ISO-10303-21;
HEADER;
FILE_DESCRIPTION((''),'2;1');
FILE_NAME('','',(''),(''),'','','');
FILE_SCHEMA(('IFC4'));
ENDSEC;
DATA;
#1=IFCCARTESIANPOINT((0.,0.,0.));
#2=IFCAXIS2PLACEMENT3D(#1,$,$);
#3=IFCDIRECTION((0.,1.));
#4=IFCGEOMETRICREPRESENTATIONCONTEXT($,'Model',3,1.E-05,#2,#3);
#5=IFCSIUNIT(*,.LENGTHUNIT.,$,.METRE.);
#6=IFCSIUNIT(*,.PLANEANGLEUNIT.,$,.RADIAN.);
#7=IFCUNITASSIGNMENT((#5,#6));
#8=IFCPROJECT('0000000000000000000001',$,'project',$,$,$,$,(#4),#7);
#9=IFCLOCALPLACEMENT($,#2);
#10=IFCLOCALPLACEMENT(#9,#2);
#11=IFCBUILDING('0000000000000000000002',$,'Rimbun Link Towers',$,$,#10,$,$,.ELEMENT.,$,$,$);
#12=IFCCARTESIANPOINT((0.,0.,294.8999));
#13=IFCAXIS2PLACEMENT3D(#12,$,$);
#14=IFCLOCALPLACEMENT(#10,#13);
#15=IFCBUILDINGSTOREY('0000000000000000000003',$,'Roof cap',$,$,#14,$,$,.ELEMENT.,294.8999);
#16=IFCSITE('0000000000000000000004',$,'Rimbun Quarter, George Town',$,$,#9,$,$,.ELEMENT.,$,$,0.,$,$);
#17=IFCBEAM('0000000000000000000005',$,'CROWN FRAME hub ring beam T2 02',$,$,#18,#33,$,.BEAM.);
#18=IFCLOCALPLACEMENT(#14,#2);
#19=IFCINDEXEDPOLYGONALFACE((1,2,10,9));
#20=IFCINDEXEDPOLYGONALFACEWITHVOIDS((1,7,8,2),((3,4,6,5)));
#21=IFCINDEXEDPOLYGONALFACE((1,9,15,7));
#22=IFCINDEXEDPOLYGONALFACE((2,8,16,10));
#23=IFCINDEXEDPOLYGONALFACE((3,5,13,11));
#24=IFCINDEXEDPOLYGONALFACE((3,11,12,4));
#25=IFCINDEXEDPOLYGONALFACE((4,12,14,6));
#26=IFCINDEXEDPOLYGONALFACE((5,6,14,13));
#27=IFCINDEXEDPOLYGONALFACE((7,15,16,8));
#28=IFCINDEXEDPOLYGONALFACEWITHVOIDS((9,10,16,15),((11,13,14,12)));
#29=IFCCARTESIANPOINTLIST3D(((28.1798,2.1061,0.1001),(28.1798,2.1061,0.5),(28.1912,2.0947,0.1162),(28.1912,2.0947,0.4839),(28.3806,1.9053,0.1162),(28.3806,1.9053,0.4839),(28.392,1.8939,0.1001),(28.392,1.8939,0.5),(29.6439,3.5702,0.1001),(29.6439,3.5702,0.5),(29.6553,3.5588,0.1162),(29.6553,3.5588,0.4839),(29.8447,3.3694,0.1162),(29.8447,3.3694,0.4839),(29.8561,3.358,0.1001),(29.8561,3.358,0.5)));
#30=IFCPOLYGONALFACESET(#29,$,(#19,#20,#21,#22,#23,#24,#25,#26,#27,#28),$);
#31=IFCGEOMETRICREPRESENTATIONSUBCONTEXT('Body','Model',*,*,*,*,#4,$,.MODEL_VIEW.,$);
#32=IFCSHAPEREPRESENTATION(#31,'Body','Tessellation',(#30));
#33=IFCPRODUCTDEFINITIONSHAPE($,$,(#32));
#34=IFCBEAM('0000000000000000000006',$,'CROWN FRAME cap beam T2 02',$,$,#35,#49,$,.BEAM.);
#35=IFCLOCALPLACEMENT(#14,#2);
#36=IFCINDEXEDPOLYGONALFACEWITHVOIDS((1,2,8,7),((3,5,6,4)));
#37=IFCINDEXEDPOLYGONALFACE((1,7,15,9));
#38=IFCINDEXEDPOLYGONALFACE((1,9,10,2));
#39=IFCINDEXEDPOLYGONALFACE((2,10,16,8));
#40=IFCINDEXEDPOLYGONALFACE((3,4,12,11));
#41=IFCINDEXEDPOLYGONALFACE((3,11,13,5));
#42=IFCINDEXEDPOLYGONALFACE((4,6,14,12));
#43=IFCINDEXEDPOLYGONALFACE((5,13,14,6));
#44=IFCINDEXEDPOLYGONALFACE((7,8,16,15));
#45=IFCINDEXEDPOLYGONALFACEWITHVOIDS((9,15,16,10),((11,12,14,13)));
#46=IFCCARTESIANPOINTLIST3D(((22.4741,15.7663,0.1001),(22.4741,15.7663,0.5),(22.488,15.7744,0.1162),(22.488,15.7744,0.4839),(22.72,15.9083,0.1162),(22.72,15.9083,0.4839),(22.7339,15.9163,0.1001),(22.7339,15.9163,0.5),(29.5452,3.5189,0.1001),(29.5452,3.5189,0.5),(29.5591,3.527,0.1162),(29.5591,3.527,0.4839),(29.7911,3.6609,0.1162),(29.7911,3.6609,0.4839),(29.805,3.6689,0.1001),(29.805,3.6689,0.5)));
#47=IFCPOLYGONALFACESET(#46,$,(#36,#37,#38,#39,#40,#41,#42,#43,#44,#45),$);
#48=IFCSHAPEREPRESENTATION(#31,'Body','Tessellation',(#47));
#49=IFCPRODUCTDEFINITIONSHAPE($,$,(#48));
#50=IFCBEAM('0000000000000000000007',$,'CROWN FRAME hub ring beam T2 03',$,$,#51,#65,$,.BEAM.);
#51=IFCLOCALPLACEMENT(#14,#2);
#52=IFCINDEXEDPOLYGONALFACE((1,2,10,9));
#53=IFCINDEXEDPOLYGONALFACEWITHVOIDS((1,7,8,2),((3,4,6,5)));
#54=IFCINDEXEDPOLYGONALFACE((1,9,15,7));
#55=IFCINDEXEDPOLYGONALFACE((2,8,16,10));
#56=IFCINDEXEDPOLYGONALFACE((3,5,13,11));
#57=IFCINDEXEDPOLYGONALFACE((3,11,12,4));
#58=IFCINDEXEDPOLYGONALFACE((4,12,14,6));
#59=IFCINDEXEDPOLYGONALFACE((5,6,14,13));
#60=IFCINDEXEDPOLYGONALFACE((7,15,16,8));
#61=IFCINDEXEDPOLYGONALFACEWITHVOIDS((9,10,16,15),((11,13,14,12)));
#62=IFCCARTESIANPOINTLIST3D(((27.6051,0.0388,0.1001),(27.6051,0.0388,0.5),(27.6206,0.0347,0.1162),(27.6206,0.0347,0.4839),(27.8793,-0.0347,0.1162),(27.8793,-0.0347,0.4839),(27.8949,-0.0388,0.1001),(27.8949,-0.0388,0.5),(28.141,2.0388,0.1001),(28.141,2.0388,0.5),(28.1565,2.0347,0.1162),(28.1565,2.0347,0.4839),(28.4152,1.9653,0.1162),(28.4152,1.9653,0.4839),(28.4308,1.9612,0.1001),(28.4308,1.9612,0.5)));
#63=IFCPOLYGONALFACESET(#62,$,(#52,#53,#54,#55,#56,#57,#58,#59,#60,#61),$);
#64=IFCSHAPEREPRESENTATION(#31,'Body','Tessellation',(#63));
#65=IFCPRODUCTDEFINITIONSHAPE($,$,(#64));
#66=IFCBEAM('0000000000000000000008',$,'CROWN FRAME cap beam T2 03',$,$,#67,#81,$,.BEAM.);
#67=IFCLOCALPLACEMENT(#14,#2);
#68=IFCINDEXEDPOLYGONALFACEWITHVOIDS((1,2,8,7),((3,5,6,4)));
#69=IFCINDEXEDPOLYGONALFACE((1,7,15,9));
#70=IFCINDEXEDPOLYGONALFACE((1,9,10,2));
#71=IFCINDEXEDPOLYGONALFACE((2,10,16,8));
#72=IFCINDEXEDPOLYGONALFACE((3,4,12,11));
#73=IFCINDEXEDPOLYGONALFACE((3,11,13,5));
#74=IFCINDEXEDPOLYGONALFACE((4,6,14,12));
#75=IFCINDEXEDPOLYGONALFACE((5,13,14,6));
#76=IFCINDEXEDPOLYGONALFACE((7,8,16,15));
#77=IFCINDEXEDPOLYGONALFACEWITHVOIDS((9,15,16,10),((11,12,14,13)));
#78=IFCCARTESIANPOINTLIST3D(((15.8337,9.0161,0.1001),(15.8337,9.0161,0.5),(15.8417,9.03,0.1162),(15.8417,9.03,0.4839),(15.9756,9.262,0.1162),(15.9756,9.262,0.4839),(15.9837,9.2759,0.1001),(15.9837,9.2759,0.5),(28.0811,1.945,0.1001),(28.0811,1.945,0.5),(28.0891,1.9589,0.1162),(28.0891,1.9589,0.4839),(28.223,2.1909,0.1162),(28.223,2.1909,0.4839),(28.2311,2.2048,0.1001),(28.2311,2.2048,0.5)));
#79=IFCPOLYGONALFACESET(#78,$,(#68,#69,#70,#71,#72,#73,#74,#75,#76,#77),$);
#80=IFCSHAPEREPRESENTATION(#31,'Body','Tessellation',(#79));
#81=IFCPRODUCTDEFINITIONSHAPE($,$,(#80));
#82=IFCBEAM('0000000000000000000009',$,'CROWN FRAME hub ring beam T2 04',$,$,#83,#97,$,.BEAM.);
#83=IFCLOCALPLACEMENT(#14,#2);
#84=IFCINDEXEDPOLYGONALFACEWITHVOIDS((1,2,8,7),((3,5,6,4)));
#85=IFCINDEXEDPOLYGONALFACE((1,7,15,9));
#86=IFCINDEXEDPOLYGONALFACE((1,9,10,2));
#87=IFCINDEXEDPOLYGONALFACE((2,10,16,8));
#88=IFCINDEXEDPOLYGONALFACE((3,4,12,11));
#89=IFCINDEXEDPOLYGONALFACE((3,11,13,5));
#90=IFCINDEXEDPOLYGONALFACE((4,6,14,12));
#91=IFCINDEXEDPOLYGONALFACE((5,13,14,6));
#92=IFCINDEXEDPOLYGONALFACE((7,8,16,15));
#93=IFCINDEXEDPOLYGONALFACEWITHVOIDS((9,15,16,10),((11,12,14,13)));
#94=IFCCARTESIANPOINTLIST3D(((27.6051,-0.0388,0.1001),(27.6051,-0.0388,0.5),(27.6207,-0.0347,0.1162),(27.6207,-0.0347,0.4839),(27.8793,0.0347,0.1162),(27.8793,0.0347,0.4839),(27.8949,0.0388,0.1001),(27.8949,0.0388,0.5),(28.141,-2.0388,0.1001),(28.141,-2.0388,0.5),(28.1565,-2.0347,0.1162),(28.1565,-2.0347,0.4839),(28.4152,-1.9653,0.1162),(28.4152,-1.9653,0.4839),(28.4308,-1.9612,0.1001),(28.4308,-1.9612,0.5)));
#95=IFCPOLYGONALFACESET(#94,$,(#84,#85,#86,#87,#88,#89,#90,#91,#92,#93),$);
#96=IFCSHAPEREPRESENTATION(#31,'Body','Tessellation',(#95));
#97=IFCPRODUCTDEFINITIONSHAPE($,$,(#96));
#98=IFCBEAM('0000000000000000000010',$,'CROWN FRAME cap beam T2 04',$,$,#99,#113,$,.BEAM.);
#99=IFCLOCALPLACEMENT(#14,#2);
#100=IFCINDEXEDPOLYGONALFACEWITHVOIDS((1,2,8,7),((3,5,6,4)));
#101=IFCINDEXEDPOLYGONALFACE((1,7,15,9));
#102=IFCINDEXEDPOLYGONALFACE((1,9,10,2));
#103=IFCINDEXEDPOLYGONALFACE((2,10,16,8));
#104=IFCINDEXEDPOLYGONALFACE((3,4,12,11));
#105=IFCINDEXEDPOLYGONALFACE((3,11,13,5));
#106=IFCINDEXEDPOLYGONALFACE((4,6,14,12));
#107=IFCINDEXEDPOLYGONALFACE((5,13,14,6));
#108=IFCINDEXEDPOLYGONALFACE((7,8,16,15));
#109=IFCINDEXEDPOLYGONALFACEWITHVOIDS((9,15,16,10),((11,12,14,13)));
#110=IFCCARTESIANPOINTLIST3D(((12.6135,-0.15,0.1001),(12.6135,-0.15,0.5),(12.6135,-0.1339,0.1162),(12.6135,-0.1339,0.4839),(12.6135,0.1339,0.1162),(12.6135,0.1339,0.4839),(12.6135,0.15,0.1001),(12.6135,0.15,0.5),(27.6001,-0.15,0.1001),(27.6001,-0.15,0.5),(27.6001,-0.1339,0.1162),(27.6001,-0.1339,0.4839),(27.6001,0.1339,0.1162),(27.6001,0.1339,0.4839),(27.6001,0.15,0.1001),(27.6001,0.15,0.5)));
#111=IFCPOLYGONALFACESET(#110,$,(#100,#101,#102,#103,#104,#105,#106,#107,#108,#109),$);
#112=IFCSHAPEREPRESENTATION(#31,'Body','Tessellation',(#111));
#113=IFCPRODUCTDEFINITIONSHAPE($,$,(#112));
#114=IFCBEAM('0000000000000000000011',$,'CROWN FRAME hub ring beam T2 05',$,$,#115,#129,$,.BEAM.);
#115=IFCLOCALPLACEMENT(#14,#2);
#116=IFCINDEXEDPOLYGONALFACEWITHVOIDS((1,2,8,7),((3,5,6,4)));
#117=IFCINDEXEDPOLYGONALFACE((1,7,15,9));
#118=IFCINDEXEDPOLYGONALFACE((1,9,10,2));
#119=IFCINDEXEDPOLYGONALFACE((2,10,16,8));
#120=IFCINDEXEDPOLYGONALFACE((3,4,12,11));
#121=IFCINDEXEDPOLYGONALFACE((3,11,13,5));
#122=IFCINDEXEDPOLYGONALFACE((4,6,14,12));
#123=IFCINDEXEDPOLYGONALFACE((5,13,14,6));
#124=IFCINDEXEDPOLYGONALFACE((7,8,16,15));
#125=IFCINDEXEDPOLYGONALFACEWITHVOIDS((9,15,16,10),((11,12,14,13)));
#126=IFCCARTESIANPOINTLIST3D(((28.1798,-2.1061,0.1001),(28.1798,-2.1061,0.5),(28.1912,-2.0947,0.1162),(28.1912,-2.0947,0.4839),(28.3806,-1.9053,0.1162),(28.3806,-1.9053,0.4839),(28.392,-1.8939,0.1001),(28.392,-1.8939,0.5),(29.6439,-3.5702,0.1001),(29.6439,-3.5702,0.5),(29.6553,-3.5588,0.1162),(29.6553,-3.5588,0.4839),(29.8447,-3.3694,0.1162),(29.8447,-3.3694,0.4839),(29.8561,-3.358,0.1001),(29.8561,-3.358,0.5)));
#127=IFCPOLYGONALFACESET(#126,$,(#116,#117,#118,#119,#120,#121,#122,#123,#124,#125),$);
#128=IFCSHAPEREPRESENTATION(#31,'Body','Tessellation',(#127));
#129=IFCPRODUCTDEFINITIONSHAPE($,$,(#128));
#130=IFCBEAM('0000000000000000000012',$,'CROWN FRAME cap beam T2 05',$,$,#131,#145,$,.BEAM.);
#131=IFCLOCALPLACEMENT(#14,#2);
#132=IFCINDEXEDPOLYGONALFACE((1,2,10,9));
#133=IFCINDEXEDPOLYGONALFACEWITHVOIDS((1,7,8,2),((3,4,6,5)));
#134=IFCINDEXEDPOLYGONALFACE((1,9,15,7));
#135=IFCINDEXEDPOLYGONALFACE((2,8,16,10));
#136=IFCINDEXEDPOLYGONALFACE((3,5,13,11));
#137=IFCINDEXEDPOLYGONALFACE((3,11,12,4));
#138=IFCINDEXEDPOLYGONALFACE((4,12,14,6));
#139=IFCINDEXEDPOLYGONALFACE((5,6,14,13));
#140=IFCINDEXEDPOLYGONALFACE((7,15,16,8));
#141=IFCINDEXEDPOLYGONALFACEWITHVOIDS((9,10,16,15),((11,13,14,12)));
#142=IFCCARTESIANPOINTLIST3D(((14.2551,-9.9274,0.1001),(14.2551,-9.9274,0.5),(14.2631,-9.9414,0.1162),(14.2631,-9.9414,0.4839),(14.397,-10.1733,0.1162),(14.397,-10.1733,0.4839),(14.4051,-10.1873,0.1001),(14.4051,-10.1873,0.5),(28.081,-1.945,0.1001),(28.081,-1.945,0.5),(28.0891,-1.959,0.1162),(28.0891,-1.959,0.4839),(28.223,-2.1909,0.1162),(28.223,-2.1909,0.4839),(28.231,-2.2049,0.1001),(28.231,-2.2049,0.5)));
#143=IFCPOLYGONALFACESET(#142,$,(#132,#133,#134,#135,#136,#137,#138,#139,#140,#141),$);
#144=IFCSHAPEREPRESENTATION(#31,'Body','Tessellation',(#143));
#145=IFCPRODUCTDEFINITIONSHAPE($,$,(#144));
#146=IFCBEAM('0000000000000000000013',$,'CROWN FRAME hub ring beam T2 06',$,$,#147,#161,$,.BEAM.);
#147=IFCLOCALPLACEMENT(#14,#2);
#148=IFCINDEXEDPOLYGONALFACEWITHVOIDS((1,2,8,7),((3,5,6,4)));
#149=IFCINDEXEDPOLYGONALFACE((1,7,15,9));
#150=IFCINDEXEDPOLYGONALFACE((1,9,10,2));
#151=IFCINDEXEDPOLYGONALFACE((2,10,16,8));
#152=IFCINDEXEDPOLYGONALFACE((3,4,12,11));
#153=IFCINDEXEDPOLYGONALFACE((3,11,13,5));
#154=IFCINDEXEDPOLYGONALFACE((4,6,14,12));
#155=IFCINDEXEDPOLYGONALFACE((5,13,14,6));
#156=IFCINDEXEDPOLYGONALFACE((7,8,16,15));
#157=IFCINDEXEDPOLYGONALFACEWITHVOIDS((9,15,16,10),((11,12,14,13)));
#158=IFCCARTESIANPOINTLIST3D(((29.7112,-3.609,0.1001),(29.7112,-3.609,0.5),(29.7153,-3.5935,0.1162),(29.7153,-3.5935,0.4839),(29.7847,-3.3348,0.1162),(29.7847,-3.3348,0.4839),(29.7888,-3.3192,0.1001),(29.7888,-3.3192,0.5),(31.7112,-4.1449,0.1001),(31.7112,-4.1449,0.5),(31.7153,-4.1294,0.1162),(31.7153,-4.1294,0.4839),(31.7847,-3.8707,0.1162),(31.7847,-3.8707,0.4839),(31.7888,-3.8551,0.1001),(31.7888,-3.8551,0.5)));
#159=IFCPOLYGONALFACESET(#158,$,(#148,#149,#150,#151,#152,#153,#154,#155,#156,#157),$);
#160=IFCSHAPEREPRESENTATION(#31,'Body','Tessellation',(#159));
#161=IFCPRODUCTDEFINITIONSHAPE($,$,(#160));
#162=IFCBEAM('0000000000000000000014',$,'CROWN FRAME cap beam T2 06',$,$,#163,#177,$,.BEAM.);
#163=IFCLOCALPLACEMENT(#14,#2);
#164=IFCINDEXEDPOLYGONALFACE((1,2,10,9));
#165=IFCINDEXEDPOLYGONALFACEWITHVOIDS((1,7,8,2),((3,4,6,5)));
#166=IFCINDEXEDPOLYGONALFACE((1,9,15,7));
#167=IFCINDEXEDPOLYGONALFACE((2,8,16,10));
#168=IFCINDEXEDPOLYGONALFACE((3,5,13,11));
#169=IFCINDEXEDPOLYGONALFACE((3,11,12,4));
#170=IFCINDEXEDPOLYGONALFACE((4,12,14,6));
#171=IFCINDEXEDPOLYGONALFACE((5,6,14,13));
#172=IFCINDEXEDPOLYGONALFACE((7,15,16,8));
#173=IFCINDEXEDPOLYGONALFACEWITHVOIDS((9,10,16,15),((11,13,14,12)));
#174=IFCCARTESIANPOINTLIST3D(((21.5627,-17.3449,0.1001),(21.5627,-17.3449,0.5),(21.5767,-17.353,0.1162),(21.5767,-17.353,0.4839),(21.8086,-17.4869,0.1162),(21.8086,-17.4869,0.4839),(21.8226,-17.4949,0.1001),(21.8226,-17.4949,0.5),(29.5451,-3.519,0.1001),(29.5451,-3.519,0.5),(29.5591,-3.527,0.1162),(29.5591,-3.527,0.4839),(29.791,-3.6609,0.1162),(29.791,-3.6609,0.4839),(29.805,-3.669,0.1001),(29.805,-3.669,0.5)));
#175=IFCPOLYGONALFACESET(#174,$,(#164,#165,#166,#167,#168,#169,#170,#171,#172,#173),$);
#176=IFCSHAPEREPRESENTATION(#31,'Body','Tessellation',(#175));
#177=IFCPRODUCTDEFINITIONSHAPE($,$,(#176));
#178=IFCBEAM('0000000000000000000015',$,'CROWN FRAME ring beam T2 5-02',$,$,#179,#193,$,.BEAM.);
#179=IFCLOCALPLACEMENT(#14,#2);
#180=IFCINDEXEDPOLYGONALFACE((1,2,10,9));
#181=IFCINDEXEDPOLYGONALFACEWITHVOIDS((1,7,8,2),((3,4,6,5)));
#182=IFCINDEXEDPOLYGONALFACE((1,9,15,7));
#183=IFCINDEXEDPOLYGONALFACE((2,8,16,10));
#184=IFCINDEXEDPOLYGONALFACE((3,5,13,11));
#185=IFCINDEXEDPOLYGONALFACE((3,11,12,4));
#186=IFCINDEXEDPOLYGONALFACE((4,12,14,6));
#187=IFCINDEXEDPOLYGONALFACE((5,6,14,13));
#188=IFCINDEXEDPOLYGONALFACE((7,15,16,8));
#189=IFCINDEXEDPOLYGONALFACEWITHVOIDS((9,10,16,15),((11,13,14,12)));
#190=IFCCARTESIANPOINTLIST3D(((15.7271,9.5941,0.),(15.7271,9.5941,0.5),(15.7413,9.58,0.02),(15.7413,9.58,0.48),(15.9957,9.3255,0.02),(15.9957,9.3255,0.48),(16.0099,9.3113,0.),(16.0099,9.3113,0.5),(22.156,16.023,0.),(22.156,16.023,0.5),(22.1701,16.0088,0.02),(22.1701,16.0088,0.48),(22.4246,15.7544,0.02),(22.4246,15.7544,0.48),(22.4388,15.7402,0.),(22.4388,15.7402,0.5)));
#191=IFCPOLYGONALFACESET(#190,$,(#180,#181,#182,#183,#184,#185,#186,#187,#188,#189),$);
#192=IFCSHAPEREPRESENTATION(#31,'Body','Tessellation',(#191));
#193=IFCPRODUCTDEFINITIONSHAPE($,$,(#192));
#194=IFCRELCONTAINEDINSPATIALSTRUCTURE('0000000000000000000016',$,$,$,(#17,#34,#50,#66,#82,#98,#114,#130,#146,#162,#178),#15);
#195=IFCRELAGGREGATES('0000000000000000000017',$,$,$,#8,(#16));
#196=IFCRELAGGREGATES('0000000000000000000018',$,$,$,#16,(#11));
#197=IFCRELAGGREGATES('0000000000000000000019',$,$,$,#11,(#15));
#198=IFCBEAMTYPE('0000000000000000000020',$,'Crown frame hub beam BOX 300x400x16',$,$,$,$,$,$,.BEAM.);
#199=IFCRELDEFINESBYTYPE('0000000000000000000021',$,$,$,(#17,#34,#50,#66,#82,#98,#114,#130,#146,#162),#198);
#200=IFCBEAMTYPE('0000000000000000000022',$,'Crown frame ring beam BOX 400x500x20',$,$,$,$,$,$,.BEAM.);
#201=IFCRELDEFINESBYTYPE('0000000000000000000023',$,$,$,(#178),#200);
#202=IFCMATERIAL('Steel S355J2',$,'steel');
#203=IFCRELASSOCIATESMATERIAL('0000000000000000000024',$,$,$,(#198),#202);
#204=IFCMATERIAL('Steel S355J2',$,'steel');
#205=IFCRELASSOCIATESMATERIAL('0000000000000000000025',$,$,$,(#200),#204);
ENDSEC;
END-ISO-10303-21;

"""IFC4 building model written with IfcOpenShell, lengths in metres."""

from ifc_helpers import new_model, si_unit, direction, frame, origin, origin_2d, place, context, subcontext, project, spatial, hollow_rectangle, extrude, material, material_profile, profile_set, type_object, element, save


model = new_model("IFC4")

# Units and contexts
model_context = context("Model", 3, precision=1e-05, world=origin(), true_north=direction((0.0, 1.0)))
body_context = subcontext(model_context, "Body", "Model", "MODEL_VIEW")
ifc_project = project(units=[si_unit("LENGTHUNIT", "METRE"), si_unit("PLANEANGLEUNIT", "RADIAN")], contexts=[model_context])

# Site, building, storey
site_placement = place(None, origin())
site = spatial("IfcSite", under=ifc_project, at=site_placement, Name="Rimbun Quarter, George Town", CompositionType="ELEMENT", RefElevation=0.0)
building_placement = place(site_placement, origin())
building = spatial("IfcBuilding", under=site, at=building_placement, Name="Rimbun Link Towers", CompositionType="ELEMENT")
storey_placement = place(building_placement, frame((0.0, 0.0, 294.8999)))
storey = spatial("IfcBuildingStorey", under=building, at=storey_placement, Name="Roof cap", CompositionType="ELEMENT", Elevation=294.8999)

# Beams
ifc_material_1 = material(Name="Steel S355J2", Category="steel")
ifc_material_profile_1 = material_profile(ifc_material_1, hollow_rectangle(XDim=0.3, YDim=0.3999, WallThickness=0.0161, at=origin_2d()), Name="Crown frame hub beam BOX 300x400x16")
ifc_profile_set_1 = profile_set([ifc_material_profile_1], Name="Steel S355J2")
beam_type_1 = type_object("IfcBeamType", Name="Crown frame hub beam BOX 300x400x16", PredefinedType="BEAM", material=ifc_profile_set_1)
beam_1_placement = place(storey_placement, frame((29.75, 3.4641, 0.3), z_axis=(-0.707107, -0.707107, 0.0), x_axis=(0.707107, -0.707107, 0.0)))
element("IfcBeam", 1, at=beam_1_placement, inside=storey, type_object=beam_type_1, Name="CROWN FRAME hub ring beam T2 02", PredefinedType="BEAM", context=body_context, shape_type="SweptSolid", body=[
    extrude(hollow_rectangle(XDim=0.3, YDim=0.3999, WallThickness=0.0161, at=origin_2d()), origin(), (0.0, 0.0, 1.0), 2.0706),
])
beam_2_placement = place(storey_placement, frame((22.604, 15.8413, 0.3), z_axis=(0.500003, -0.866024, 0.0), x_axis=(0.866024, 0.500003, 0.0)))
element("IfcBeam", 2, at=beam_2_placement, inside=storey, type_object=beam_type_1, Name="CROWN FRAME cap beam T2 02", PredefinedType="BEAM", context=body_context, shape_type="SweptSolid", body=[
    extrude(hollow_rectangle(XDim=0.3, YDim=0.3999, WallThickness=0.0161, at=origin_2d()), origin(), (0.0, 0.0, 1.0), 14.1421),
])
beam_3_placement = place(storey_placement, frame((28.2859, 2.0, 0.3), z_axis=(-0.258815, -0.965927, 0.0), x_axis=(0.965927, -0.258815, 0.0)))
element("IfcBeam", 3, at=beam_3_placement, inside=storey, type_object=beam_type_1, Name="CROWN FRAME hub ring beam T2 03", PredefinedType="BEAM", context=body_context, shape_type="SweptSolid", body=[
    extrude(hollow_rectangle(XDim=0.3, YDim=0.3999, WallThickness=0.0161, at=origin_2d()), origin(), (0.0, 0.0, 1.0), 2.0706),
])
beam_4_placement = place(storey_placement, frame((15.9087, 9.146, 0.3), z_axis=(0.866024, -0.500003, 0.0), x_axis=(0.500003, 0.866024, 0.0)))
element("IfcBeam", 4, at=beam_4_placement, inside=storey, type_object=beam_type_1, Name="CROWN FRAME cap beam T2 03", PredefinedType="BEAM", context=body_context, shape_type="SweptSolid", body=[
    extrude(hollow_rectangle(XDim=0.3, YDim=0.3999, WallThickness=0.0161, at=origin_2d()), origin(), (0.0, 0.0, 1.0), 14.1421),
])
beam_5_placement = place(storey_placement, frame((27.75, 0.0, 0.3), z_axis=(0.258815, -0.965927, 0.0), x_axis=(0.965927, 0.258815, 0.0)))
element("IfcBeam", 5, at=beam_5_placement, inside=storey, type_object=beam_type_1, Name="CROWN FRAME hub ring beam T2 04", PredefinedType="BEAM", context=body_context, shape_type="SweptSolid", body=[
    extrude(hollow_rectangle(XDim=0.3, YDim=0.3999, WallThickness=0.0161, at=origin_2d()), origin(), (0.0, 0.0, 1.0), 2.0706),
])
beam_6_placement = place(storey_placement, frame((12.6135, 0.0, 0.3), z_axis=(1.0, 0.0, 0.0), x_axis=(0.0, 1.0, 0.0)))
element("IfcBeam", 6, at=beam_6_placement, inside=storey, type_object=beam_type_1, Name="CROWN FRAME cap beam T2 04", PredefinedType="BEAM", context=body_context, shape_type="SweptSolid", body=[
    extrude(hollow_rectangle(XDim=0.3, YDim=0.3999, WallThickness=0.0161, at=origin_2d()), origin(), (0.0, 0.0, 1.0), 14.9866),
])
beam_7_placement = place(storey_placement, frame((28.2859, -2.0, 0.3), z_axis=(0.707107, -0.707107, 0.0), x_axis=(0.707107, 0.707107, 0.0)))
element("IfcBeam", 7, at=beam_7_placement, inside=storey, type_object=beam_type_1, Name="CROWN FRAME hub ring beam T2 05", PredefinedType="BEAM", context=body_context, shape_type="SweptSolid", body=[
    extrude(hollow_rectangle(XDim=0.3, YDim=0.3999, WallThickness=0.0161, at=origin_2d()), origin(), (0.0, 0.0, 1.0), 2.0706),
])
beam_8_placement = place(storey_placement, frame((14.3301, -10.0574, 0.3), z_axis=(0.866025, 0.500001, 0.0), x_axis=(-0.500001, 0.866025, 0.0)))
element("IfcBeam", 8, at=beam_8_placement, inside=storey, type_object=beam_type_1, Name="CROWN FRAME cap beam T2 05", PredefinedType="BEAM", context=body_context, shape_type="SweptSolid", body=[
    extrude(hollow_rectangle(XDim=0.3, YDim=0.3999, WallThickness=0.0161, at=origin_2d()), origin(), (0.0, 0.0, 1.0), 15.9648),
])
beam_9_placement = place(storey_placement, frame((29.75, -3.4641, 0.3), z_axis=(0.965927, -0.258815, 0.0), x_axis=(0.258815, 0.965927, 0.0)))
element("IfcBeam", 9, at=beam_9_placement, inside=storey, type_object=beam_type_1, Name="CROWN FRAME hub ring beam T2 06", PredefinedType="BEAM", context=body_context, shape_type="SweptSolid", body=[
    extrude(hollow_rectangle(XDim=0.3, YDim=0.3999, WallThickness=0.0161, at=origin_2d()), origin(), (0.0, 0.0, 1.0), 2.0706),
])
beam_10_placement = place(storey_placement, frame((21.6926, -17.4199, 0.3), z_axis=(0.500001, 0.866025, 0.0), x_axis=(-0.866025, 0.500001, 0.0)))
element("IfcBeam", 10, at=beam_10_placement, inside=storey, type_object=beam_type_1, Name="CROWN FRAME cap beam T2 06", PredefinedType="BEAM", context=body_context, shape_type="SweptSolid", body=[
    extrude(hollow_rectangle(XDim=0.3, YDim=0.3999, WallThickness=0.0161, at=origin_2d()), origin(), (0.0, 0.0, 1.0), 15.9648),
])
ifc_material_2 = material(Name="Steel S355J2", Category="steel")
ifc_material_profile_2 = material_profile(ifc_material_2, hollow_rectangle(XDim=0.3999, YDim=0.5, WallThickness=0.02, at=origin_2d()), Name="Crown frame ring beam BOX 400x500x20")
ifc_profile_set_2 = profile_set([ifc_material_profile_2], Name="Steel S355J2")
beam_type_2 = type_object("IfcBeamType", Name="Crown frame ring beam BOX 400x500x20", PredefinedType="BEAM", material=ifc_profile_set_2)
beam_11_placement = place(storey_placement, frame((22.2974, 15.8816, 0.25), z_axis=(-0.707107, -0.707107, 0.0), x_axis=(0.707107, -0.707107, 0.0)))
element("IfcBeam", 11, at=beam_11_placement, inside=storey, type_object=beam_type_2, Name="CROWN FRAME ring beam T2 5-02", PredefinedType="BEAM", context=body_context, shape_type="SweptSolid", body=[
    extrude(hollow_rectangle(XDim=0.3999, YDim=0.5, WallThickness=0.02, at=origin_2d()), origin(), (0.0, 0.0, 1.0), 9.0918),
])

save(model, "model.ifc")
